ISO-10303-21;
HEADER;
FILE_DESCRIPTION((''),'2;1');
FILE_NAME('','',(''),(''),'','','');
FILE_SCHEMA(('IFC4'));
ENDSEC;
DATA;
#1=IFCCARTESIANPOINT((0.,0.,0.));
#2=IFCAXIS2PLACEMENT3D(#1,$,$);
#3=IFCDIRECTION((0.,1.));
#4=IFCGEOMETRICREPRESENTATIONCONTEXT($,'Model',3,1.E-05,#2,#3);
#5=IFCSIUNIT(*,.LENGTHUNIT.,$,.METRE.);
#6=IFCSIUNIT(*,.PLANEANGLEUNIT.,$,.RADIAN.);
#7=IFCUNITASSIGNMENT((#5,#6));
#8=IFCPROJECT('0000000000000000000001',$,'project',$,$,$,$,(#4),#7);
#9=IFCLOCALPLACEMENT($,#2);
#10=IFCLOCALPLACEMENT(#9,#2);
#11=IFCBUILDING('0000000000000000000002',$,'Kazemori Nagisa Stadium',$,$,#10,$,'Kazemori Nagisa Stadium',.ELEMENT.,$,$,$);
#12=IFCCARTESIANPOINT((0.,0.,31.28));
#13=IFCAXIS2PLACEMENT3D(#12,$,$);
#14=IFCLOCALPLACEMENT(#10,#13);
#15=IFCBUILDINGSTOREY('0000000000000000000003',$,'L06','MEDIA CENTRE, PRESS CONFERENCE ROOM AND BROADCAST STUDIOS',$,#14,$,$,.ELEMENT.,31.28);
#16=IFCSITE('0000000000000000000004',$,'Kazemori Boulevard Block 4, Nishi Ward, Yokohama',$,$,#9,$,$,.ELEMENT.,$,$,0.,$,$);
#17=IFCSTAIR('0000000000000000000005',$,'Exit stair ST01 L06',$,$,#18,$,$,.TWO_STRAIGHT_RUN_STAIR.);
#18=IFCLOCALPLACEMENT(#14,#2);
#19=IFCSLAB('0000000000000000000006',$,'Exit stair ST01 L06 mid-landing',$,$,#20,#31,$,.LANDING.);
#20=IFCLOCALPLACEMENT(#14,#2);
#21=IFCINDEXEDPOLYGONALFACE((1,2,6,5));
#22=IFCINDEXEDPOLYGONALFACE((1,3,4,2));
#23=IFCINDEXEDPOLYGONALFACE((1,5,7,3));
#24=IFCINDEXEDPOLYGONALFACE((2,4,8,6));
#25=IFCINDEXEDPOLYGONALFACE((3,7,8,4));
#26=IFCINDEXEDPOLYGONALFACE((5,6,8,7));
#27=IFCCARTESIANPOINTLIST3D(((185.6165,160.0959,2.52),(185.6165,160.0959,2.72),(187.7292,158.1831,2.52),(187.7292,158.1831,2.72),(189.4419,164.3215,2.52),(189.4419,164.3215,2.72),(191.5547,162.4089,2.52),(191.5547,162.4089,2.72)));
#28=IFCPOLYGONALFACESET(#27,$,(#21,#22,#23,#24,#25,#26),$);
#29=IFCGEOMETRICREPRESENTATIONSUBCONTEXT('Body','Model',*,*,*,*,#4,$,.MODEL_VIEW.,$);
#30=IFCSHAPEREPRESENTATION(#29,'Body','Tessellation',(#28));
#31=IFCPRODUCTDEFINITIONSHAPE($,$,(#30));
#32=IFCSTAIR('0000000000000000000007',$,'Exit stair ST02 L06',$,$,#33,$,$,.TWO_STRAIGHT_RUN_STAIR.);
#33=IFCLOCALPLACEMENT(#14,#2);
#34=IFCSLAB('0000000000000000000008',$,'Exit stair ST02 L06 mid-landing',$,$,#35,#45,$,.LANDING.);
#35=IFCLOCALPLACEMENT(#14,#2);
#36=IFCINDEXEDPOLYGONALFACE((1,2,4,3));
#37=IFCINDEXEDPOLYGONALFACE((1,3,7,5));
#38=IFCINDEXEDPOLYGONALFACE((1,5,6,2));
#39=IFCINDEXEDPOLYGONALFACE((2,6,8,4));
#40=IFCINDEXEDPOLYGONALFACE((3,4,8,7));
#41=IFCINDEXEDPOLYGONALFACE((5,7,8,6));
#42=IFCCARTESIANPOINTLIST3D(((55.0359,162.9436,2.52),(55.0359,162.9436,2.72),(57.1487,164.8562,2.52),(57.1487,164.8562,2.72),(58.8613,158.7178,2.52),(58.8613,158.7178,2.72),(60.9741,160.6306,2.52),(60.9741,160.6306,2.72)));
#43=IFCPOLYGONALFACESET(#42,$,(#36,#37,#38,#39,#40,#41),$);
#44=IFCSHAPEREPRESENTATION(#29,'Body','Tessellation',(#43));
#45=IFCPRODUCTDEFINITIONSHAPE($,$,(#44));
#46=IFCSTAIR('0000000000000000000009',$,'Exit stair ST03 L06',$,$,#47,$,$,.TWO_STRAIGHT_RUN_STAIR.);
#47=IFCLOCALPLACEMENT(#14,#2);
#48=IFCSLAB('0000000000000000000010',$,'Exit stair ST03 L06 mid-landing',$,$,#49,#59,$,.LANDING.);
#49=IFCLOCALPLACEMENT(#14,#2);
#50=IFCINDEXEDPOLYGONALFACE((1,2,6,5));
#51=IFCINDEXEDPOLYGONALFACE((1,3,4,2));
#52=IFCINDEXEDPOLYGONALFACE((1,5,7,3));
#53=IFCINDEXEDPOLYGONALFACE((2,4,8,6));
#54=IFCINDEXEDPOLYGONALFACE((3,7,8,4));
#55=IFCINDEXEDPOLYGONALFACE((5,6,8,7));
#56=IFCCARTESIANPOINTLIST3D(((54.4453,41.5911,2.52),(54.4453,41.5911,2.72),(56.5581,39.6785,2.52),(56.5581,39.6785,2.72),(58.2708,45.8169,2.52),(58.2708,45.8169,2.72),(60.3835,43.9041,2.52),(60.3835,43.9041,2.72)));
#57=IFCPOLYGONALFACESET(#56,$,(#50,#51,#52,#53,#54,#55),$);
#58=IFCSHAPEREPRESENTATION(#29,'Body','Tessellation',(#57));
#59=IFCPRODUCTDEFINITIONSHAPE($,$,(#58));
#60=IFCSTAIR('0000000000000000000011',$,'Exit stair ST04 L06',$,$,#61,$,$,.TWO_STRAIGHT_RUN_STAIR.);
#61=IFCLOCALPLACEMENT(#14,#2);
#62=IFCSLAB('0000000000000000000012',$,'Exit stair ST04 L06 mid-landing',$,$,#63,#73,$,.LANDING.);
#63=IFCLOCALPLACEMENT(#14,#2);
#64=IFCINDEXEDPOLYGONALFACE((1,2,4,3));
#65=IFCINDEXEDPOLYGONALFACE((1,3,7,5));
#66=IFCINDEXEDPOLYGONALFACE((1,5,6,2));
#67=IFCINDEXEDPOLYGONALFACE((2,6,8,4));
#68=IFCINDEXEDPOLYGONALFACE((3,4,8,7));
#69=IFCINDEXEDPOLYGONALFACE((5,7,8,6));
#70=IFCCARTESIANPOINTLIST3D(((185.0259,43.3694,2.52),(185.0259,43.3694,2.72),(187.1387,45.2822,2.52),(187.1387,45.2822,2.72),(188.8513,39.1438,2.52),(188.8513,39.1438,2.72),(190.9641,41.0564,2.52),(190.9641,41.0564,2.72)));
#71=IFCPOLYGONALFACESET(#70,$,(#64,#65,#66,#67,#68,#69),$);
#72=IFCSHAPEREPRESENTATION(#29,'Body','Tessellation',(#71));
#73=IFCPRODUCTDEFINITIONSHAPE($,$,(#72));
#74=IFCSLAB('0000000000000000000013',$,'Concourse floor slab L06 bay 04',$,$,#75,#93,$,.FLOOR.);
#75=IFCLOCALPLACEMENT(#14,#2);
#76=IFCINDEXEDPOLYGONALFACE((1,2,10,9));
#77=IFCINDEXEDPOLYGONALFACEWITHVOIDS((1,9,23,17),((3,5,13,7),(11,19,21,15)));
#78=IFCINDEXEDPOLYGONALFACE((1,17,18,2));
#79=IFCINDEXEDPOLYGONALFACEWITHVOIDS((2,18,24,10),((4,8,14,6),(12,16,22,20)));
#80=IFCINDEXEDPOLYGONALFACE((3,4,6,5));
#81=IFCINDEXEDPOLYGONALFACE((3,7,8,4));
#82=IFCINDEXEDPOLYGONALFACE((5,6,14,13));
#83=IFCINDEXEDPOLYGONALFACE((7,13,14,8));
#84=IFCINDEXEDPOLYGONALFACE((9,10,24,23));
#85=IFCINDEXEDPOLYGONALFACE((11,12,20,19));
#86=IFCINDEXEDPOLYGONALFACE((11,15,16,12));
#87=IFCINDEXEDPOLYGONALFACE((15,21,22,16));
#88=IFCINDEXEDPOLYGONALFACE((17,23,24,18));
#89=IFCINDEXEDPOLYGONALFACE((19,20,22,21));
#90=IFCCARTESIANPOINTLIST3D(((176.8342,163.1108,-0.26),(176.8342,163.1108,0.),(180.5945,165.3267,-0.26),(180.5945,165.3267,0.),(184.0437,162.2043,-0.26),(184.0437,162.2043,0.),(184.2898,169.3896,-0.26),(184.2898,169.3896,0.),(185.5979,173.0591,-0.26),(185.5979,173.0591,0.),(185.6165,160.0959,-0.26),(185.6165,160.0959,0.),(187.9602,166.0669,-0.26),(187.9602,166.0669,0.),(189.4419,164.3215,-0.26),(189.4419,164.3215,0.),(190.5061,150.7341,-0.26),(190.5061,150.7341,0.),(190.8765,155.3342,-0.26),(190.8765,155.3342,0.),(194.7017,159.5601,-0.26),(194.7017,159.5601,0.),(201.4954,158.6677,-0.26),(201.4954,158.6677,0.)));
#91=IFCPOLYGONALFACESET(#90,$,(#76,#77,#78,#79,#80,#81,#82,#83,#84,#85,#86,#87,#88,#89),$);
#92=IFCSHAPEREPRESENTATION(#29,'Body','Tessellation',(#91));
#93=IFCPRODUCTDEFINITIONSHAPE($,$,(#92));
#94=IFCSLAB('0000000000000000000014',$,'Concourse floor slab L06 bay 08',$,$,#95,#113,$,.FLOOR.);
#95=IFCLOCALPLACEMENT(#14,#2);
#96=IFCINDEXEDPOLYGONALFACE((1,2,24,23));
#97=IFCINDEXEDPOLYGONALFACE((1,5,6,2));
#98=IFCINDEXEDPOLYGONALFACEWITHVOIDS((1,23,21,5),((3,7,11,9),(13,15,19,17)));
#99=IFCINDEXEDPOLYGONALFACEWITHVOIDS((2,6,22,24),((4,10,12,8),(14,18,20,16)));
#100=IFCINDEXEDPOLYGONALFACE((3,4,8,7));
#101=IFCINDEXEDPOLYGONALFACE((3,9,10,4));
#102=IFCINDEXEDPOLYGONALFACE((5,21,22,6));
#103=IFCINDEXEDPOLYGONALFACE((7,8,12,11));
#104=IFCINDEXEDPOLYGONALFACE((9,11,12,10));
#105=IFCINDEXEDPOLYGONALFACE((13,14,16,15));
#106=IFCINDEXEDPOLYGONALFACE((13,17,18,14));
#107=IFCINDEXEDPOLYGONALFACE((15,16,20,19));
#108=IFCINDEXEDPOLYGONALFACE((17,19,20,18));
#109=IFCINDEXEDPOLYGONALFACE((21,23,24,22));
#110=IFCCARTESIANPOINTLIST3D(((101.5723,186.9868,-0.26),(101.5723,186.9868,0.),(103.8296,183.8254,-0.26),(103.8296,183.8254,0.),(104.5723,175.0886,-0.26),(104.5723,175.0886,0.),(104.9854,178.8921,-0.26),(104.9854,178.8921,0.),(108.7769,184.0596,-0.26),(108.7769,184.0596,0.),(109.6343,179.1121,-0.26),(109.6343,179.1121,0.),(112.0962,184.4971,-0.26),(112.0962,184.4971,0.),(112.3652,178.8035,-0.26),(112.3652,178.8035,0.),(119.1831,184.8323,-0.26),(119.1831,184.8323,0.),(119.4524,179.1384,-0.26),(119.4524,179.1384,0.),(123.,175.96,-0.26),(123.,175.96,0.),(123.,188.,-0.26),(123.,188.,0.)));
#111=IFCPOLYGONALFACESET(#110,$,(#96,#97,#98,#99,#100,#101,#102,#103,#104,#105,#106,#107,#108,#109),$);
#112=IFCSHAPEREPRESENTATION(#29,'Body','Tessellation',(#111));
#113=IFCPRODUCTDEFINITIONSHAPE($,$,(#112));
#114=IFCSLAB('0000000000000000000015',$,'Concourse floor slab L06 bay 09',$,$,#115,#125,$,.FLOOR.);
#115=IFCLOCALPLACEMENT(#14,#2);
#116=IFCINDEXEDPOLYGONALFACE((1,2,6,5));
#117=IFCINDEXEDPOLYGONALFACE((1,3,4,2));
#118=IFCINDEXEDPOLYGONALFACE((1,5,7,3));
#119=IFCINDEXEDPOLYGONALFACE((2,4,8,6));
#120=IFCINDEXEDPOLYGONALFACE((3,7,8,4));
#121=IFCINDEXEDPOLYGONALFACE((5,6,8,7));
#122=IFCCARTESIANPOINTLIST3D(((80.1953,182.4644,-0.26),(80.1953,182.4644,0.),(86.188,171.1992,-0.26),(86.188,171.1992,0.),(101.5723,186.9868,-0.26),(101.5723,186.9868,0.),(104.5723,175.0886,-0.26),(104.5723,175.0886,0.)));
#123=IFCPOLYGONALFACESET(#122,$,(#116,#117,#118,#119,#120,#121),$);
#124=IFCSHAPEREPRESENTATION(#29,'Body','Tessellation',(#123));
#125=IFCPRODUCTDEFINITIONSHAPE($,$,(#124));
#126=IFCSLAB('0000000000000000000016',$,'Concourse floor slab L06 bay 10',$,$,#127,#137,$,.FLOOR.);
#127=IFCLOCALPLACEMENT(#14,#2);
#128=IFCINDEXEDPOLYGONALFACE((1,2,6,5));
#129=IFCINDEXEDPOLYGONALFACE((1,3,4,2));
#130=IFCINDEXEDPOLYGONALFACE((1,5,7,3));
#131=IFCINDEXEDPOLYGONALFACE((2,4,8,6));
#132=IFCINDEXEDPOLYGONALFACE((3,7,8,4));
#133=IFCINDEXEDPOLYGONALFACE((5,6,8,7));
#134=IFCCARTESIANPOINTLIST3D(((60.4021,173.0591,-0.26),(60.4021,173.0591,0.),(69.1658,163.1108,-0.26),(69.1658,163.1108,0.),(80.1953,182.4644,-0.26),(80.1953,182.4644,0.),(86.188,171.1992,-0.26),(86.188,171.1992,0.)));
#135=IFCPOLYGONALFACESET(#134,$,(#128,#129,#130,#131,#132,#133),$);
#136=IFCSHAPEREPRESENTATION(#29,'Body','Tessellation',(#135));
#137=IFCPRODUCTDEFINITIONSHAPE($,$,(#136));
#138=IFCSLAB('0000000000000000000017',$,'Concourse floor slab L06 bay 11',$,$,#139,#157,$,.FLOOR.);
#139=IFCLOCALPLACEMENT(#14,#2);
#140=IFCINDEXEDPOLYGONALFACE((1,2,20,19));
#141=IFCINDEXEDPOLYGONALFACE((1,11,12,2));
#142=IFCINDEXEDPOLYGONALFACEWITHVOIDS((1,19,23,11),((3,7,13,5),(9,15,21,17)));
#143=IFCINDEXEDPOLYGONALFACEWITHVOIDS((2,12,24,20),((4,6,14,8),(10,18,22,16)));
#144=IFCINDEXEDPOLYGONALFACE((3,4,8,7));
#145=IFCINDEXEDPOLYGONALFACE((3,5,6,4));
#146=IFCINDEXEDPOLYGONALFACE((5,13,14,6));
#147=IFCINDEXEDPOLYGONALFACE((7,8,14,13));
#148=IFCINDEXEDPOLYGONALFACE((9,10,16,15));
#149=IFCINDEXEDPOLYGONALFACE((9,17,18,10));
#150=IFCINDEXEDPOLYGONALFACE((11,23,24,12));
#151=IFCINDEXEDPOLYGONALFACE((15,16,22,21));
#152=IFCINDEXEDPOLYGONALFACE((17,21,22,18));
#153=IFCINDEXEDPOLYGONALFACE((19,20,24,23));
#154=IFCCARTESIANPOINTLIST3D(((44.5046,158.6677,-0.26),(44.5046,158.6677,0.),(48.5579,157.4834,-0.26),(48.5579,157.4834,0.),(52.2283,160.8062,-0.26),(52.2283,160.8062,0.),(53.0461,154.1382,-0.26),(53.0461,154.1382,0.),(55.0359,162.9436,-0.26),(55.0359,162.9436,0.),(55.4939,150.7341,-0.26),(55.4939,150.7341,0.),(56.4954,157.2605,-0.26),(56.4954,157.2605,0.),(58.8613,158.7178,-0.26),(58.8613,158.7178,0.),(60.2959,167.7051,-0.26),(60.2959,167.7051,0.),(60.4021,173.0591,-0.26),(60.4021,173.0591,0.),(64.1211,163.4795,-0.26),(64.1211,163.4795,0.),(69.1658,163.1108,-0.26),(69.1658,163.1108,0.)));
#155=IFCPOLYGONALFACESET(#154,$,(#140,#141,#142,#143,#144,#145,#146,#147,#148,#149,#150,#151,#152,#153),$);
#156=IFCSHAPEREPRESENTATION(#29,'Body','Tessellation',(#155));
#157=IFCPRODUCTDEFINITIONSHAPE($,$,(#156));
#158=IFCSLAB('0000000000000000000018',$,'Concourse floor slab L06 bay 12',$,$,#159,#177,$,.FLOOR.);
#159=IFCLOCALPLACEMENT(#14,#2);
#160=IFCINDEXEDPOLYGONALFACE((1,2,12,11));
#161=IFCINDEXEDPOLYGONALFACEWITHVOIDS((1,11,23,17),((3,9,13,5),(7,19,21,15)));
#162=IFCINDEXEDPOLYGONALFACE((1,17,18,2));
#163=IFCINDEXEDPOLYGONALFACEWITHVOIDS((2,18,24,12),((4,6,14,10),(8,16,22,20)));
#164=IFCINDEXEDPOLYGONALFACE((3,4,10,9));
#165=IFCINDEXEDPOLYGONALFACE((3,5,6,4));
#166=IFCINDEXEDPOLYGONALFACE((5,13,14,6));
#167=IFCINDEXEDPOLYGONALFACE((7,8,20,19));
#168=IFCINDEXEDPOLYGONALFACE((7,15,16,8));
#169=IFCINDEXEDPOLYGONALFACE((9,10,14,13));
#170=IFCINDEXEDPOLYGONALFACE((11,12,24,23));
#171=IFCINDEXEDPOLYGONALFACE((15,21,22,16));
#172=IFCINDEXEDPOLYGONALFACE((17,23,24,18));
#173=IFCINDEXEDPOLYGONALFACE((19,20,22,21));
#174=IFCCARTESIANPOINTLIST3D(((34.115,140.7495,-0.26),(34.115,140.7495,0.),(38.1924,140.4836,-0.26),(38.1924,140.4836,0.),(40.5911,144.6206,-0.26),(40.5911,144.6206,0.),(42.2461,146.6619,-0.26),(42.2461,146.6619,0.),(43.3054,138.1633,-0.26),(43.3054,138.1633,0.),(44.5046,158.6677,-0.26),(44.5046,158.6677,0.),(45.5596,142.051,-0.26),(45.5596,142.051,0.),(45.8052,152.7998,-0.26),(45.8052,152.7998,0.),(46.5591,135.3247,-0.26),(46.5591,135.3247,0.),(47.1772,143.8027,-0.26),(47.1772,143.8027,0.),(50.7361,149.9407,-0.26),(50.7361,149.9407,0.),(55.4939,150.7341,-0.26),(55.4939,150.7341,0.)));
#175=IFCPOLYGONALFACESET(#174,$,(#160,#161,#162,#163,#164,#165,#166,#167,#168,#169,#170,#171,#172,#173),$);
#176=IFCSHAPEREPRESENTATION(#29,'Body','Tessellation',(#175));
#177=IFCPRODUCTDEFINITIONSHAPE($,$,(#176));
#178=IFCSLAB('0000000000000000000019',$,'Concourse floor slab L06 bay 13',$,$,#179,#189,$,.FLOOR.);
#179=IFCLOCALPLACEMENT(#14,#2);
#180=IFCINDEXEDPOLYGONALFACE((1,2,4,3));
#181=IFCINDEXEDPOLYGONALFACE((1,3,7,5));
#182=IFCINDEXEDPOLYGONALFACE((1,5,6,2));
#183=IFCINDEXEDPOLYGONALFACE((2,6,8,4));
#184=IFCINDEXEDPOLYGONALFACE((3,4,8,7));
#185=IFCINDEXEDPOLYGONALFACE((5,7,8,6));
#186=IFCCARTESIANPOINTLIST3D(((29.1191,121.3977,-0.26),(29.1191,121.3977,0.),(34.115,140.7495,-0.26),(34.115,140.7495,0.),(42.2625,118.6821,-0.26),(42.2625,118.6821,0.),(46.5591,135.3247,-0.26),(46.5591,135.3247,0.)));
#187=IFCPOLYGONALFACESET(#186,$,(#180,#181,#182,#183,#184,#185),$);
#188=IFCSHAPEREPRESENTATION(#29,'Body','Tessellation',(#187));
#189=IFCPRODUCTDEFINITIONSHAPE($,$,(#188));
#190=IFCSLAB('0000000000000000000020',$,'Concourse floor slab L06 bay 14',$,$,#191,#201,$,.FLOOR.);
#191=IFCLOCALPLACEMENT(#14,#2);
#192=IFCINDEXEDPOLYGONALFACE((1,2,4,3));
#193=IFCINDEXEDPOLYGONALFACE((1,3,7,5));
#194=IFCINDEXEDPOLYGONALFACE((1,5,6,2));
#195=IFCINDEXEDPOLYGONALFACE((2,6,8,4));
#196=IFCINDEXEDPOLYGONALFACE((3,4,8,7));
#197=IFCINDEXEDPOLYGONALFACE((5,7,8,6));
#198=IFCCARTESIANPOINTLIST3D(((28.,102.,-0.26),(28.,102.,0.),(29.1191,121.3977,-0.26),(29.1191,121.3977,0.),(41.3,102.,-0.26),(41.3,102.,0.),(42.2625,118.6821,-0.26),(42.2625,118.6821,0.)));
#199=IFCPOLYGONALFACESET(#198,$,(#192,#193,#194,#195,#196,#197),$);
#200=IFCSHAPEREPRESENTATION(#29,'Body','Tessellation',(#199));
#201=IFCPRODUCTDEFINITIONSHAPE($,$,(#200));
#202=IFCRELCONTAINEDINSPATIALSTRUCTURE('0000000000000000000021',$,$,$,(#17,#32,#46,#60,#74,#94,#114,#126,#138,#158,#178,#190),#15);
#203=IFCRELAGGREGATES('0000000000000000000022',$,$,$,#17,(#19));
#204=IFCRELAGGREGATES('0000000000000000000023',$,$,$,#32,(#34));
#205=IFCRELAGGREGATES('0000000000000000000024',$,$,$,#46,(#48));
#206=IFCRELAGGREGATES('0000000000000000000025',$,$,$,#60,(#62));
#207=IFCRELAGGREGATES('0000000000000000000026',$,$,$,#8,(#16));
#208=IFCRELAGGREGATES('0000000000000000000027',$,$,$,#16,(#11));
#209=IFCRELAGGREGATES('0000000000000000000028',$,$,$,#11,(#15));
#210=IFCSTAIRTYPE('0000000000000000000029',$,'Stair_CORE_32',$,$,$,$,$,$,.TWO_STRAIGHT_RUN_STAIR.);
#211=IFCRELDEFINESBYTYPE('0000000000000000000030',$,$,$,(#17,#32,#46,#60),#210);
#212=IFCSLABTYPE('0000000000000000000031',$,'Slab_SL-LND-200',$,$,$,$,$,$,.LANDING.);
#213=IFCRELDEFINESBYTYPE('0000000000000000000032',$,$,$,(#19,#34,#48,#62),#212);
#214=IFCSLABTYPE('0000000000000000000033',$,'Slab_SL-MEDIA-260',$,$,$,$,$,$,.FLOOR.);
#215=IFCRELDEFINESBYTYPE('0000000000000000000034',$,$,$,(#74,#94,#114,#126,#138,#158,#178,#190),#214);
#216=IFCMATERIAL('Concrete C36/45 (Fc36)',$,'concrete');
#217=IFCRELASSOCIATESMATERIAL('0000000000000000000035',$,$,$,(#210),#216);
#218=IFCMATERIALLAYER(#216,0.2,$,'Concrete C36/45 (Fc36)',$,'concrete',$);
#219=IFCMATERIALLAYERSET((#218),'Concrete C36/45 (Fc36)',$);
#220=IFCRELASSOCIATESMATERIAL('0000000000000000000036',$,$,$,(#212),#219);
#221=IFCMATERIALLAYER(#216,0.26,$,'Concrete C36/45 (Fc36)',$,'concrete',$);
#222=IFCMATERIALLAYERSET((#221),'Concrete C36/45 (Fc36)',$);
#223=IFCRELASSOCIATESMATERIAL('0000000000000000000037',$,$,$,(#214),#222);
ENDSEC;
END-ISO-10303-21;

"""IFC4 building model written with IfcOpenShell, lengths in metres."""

from ifc_helpers import new_model, si_unit, direction, frame, origin, place, context, subcontext, project, spatial, polyline, outline, extrude, material, layer, layer_set, type_object, element, aggregate, save


model = new_model("IFC4")

# Units and contexts
model_context = context("Model", 3, precision=1e-05, world=origin(), true_north=direction((0.0, 1.0)))
body_context = subcontext(model_context, "Body", "Model", "MODEL_VIEW")
ifc_project = project(units=[si_unit("LENGTHUNIT", "METRE"), si_unit("PLANEANGLEUNIT", "RADIAN")], contexts=[model_context])

# Site, building, storey
site_placement = place(None, origin())
site = spatial("IfcSite", under=ifc_project, at=site_placement, Name="Kazemori Boulevard Block 4, Nishi Ward, Yokohama", CompositionType="ELEMENT", RefElevation=0.0)
building_placement = place(site_placement, origin())
building = spatial("IfcBuilding", under=site, at=building_placement, Name="Kazemori Nagisa Stadium", LongName="Kazemori Nagisa Stadium", CompositionType="ELEMENT")
storey_placement = place(building_placement, frame((0.0, 0.0, 31.28)))
storey = spatial("IfcBuildingStorey", under=building, at=storey_placement, Name="L06", Description="MEDIA CENTRE, PRESS CONFERENCE ROOM AND BROADCAST STUDIOS", CompositionType="ELEMENT", Elevation=31.28)

# Stairs, slabs
ifc_material = material(Name="Concrete C36/45 (Fc36)", Category="concrete")
stair_type = type_object("IfcStairType", Name="Stair_CORE_32", PredefinedType="TWO_STRAIGHT_RUN_STAIR", material=ifc_material)
stair_1_placement = place(storey_placement, origin())
stair_1 = element("IfcStair", 1, at=stair_1_placement, inside=storey, type_object=stair_type, Name="Exit stair ST01 L06", PredefinedType="TWO_STRAIGHT_RUN_STAIR")
ifc_layer_1 = layer(ifc_material, 0.2, Name="Concrete C36/45 (Fc36)", Category="concrete")
ifc_layer_set_1 = layer_set([ifc_layer_1], Name="Concrete C36/45 (Fc36)")
slab_type_1 = type_object("IfcSlabType", Name="Slab_SL-LND-200", PredefinedType="LANDING", material=ifc_layer_set_1)
slab_1_placement = place(storey_placement, frame((0.0, 0.0, 2.52)))
slab_1 = element("IfcSlab", 2, at=slab_1_placement, type_object=slab_type_1, Name="Exit stair ST01 L06 mid-landing", PredefinedType="LANDING", context=body_context, shape_type="SweptSolid", body=[
    extrude(outline(polyline([(187.7292, 158.1831), (185.6165, 160.0959), (189.4419, 164.3215), (191.5547, 162.4089), (187.7292, 158.1831)])), origin(), (0.0, 0.0, 1.0), 0.2),
])
aggregate(stair_1, [slab_1])
stair_2_placement = place(storey_placement, origin())
stair_2 = element("IfcStair", 3, at=stair_2_placement, inside=storey, type_object=stair_type, Name="Exit stair ST02 L06", PredefinedType="TWO_STRAIGHT_RUN_STAIR")
slab_2_placement = place(storey_placement, frame((0.0, 0.0, 2.52)))
slab_2 = element("IfcSlab", 4, at=slab_2_placement, type_object=slab_type_1, Name="Exit stair ST02 L06 mid-landing", PredefinedType="LANDING", context=body_context, shape_type="SweptSolid", body=[
    extrude(outline(polyline([(60.9741, 160.6306), (58.8613, 158.7178), (55.0359, 162.9436), (57.1487, 164.8562), (60.9741, 160.6306)])), origin(), (0.0, 0.0, 1.0), 0.2),
])
aggregate(stair_2, [slab_2])
stair_3_placement = place(storey_placement, origin())
stair_3 = element("IfcStair", 5, at=stair_3_placement, inside=storey, type_object=stair_type, Name="Exit stair ST03 L06", PredefinedType="TWO_STRAIGHT_RUN_STAIR")
slab_3_placement = place(storey_placement, frame((0.0, 0.0, 2.52)))
slab_3 = element("IfcSlab", 6, at=slab_3_placement, type_object=slab_type_1, Name="Exit stair ST03 L06 mid-landing", PredefinedType="LANDING", context=body_context, shape_type="SweptSolid", body=[
    extrude(outline(polyline([(58.2708, 45.8169), (60.3835, 43.9041), (56.5581, 39.6785), (54.4453, 41.5911), (58.2708, 45.8169)])), origin(), (0.0, 0.0, 1.0), 0.2),
])
aggregate(stair_3, [slab_3])
stair_4_placement = place(storey_placement, origin())
stair_4 = element("IfcStair", 7, at=stair_4_placement, inside=storey, type_object=stair_type, Name="Exit stair ST04 L06", PredefinedType="TWO_STRAIGHT_RUN_STAIR")
slab_4_placement = place(storey_placement, frame((0.0, 0.0, 2.52)))
slab_4 = element("IfcSlab", 8, at=slab_4_placement, type_object=slab_type_1, Name="Exit stair ST04 L06 mid-landing", PredefinedType="LANDING", context=body_context, shape_type="SweptSolid", body=[
    extrude(outline(polyline([(185.0259, 43.3694), (187.1387, 45.2822), (190.9641, 41.0564), (188.8513, 39.1438), (185.0259, 43.3694)])), origin(), (0.0, 0.0, 1.0), 0.2),
])
aggregate(stair_4, [slab_4])

# Slabs
ifc_layer_2 = layer(ifc_material, 0.26, Name="Concrete C36/45 (Fc36)", Category="concrete")
ifc_layer_set_2 = layer_set([ifc_layer_2], Name="Concrete C36/45 (Fc36)")
slab_type_2 = type_object("IfcSlabType", Name="Slab_SL-MEDIA-260", PredefinedType="FLOOR", material=ifc_layer_set_2)
slab_5_placement = place(storey_placement, frame((0.0, 0.0, -0.26)))
element("IfcSlab", 9, at=slab_5_placement, inside=storey, type_object=slab_type_2, Name="Concourse floor slab L06 bay 04", PredefinedType="FLOOR", context=body_context, shape_type="SweptSolid", body=[
    extrude(outline(polyline([(190.5061, 150.7341), (176.8342, 163.1108), (185.5979, 173.0591), (201.4954, 158.6677), (190.5061, 150.7341)]), holes=[polyline([(190.8765, 155.3342), (185.6165, 160.0959), (189.4419, 164.3215), (194.7017, 159.5601), (190.8765, 155.3342)]), polyline([(184.0437, 162.2043), (180.5945, 165.3267), (184.2898, 169.3896), (187.9602, 166.0669), (184.0437, 162.2043)])]), origin(), (0.0, 0.0, 1.0), 0.26),
])
slab_6_placement = place(storey_placement, frame((0.0, 0.0, -0.26)))
element("IfcSlab", 10, at=slab_6_placement, inside=storey, type_object=slab_type_2, Name="Concourse floor slab L06 bay 08", PredefinedType="FLOOR", context=body_context, shape_type="SweptSolid", body=[
    extrude(outline(polyline([(123.0, 175.96), (104.5723, 175.0886), (101.5723, 186.9868), (123.0, 188.0), (123.0, 175.96)]), holes=[polyline([(119.4524, 179.1384), (112.3652, 178.8035), (112.0962, 184.4971), (119.1831, 184.8323), (119.4524, 179.1384)]), polyline([(109.6343, 179.1121), (104.9854, 178.8921), (103.8296, 183.8254), (108.7769, 184.0596), (109.6343, 179.1121)])]), origin(), (0.0, 0.0, 1.0), 0.26),
])
slab_7_placement = place(storey_placement, frame((0.0, 0.0, -0.26)))
element("IfcSlab", 11, at=slab_7_placement, inside=storey, type_object=slab_type_2, Name="Concourse floor slab L06 bay 09", PredefinedType="FLOOR", context=body_context, shape_type="SweptSolid", body=[
    extrude(outline(polyline([(104.5723, 175.0886), (86.188, 171.1992), (80.1953, 182.4644), (101.5723, 186.9868), (104.5723, 175.0886)])), origin(), (0.0, 0.0, 1.0), 0.26),
])
slab_8_placement = place(storey_placement, frame((0.0, 0.0, -0.26)))
element("IfcSlab", 12, at=slab_8_placement, inside=storey, type_object=slab_type_2, Name="Concourse floor slab L06 bay 10", PredefinedType="FLOOR", context=body_context, shape_type="SweptSolid", body=[
    extrude(outline(polyline([(86.188, 171.1992), (69.1658, 163.1108), (60.4021, 173.0591), (80.1953, 182.4644), (86.188, 171.1992)])), origin(), (0.0, 0.0, 1.0), 0.26),
])
slab_9_placement = place(storey_placement, frame((0.0, 0.0, -0.26)))
element("IfcSlab", 13, at=slab_9_placement, inside=storey, type_object=slab_type_2, Name="Concourse floor slab L06 bay 11", PredefinedType="FLOOR", context=body_context, shape_type="SweptSolid", body=[
    extrude(outline(polyline([(69.1658, 163.1108), (55.4939, 150.7341), (44.5046, 158.6677), (60.4021, 173.0591), (69.1658, 163.1108)]), holes=[polyline([(64.1211, 163.4795), (58.8613, 158.7178), (55.0359, 162.9436), (60.2959, 167.7051), (64.1211, 163.4795)]), polyline([(56.4954, 157.2605), (53.0461, 154.1382), (48.5579, 157.4834), (52.2283, 160.8062), (56.4954, 157.2605)])]), origin(), (0.0, 0.0, 1.0), 0.26),
])
slab_10_placement = place(storey_placement, frame((0.0, 0.0, -0.26)))
element("IfcSlab", 14, at=slab_10_placement, inside=storey, type_object=slab_type_2, Name="Concourse floor slab L06 bay 12", PredefinedType="FLOOR", context=body_context, shape_type="SweptSolid", body=[
    extrude(outline(polyline([(55.4939, 150.7341), (46.5591, 135.3247), (34.115, 140.7495), (44.5046, 158.6677), (55.4939, 150.7341)]), holes=[polyline([(50.7361, 149.9407), (47.1772, 143.8027), (42.2461, 146.6619), (45.8052, 152.7998), (50.7361, 149.9407)]), polyline([(45.5596, 142.051), (43.3054, 138.1633), (38.1924, 140.4836), (40.5911, 144.6206), (45.5596, 142.051)])]), origin(), (0.0, 0.0, 1.0), 0.26),
])
slab_11_placement = place(storey_placement, frame((0.0, 0.0, -0.26)))
element("IfcSlab", 15, at=slab_11_placement, inside=storey, type_object=slab_type_2, Name="Concourse floor slab L06 bay 13", PredefinedType="FLOOR", context=body_context, shape_type="SweptSolid", body=[
    extrude(outline(polyline([(46.5591, 135.3247), (42.2625, 118.6821), (29.1191, 121.3977), (34.115, 140.7495), (46.5591, 135.3247)])), origin(), (0.0, 0.0, 1.0), 0.26),
])
slab_12_placement = place(storey_placement, frame((0.0, 0.0, -0.26)))
element("IfcSlab", 16, at=slab_12_placement, inside=storey, type_object=slab_type_2, Name="Concourse floor slab L06 bay 14", PredefinedType="FLOOR", context=body_context, shape_type="SweptSolid", body=[
    extrude(outline(polyline([(42.2625, 118.6821), (41.3, 102.0), (28.0, 102.0), (29.1191, 121.3977), (42.2625, 118.6821)])), origin(), (0.0, 0.0, 1.0), 0.26),
])

save(model, "model.ifc")
